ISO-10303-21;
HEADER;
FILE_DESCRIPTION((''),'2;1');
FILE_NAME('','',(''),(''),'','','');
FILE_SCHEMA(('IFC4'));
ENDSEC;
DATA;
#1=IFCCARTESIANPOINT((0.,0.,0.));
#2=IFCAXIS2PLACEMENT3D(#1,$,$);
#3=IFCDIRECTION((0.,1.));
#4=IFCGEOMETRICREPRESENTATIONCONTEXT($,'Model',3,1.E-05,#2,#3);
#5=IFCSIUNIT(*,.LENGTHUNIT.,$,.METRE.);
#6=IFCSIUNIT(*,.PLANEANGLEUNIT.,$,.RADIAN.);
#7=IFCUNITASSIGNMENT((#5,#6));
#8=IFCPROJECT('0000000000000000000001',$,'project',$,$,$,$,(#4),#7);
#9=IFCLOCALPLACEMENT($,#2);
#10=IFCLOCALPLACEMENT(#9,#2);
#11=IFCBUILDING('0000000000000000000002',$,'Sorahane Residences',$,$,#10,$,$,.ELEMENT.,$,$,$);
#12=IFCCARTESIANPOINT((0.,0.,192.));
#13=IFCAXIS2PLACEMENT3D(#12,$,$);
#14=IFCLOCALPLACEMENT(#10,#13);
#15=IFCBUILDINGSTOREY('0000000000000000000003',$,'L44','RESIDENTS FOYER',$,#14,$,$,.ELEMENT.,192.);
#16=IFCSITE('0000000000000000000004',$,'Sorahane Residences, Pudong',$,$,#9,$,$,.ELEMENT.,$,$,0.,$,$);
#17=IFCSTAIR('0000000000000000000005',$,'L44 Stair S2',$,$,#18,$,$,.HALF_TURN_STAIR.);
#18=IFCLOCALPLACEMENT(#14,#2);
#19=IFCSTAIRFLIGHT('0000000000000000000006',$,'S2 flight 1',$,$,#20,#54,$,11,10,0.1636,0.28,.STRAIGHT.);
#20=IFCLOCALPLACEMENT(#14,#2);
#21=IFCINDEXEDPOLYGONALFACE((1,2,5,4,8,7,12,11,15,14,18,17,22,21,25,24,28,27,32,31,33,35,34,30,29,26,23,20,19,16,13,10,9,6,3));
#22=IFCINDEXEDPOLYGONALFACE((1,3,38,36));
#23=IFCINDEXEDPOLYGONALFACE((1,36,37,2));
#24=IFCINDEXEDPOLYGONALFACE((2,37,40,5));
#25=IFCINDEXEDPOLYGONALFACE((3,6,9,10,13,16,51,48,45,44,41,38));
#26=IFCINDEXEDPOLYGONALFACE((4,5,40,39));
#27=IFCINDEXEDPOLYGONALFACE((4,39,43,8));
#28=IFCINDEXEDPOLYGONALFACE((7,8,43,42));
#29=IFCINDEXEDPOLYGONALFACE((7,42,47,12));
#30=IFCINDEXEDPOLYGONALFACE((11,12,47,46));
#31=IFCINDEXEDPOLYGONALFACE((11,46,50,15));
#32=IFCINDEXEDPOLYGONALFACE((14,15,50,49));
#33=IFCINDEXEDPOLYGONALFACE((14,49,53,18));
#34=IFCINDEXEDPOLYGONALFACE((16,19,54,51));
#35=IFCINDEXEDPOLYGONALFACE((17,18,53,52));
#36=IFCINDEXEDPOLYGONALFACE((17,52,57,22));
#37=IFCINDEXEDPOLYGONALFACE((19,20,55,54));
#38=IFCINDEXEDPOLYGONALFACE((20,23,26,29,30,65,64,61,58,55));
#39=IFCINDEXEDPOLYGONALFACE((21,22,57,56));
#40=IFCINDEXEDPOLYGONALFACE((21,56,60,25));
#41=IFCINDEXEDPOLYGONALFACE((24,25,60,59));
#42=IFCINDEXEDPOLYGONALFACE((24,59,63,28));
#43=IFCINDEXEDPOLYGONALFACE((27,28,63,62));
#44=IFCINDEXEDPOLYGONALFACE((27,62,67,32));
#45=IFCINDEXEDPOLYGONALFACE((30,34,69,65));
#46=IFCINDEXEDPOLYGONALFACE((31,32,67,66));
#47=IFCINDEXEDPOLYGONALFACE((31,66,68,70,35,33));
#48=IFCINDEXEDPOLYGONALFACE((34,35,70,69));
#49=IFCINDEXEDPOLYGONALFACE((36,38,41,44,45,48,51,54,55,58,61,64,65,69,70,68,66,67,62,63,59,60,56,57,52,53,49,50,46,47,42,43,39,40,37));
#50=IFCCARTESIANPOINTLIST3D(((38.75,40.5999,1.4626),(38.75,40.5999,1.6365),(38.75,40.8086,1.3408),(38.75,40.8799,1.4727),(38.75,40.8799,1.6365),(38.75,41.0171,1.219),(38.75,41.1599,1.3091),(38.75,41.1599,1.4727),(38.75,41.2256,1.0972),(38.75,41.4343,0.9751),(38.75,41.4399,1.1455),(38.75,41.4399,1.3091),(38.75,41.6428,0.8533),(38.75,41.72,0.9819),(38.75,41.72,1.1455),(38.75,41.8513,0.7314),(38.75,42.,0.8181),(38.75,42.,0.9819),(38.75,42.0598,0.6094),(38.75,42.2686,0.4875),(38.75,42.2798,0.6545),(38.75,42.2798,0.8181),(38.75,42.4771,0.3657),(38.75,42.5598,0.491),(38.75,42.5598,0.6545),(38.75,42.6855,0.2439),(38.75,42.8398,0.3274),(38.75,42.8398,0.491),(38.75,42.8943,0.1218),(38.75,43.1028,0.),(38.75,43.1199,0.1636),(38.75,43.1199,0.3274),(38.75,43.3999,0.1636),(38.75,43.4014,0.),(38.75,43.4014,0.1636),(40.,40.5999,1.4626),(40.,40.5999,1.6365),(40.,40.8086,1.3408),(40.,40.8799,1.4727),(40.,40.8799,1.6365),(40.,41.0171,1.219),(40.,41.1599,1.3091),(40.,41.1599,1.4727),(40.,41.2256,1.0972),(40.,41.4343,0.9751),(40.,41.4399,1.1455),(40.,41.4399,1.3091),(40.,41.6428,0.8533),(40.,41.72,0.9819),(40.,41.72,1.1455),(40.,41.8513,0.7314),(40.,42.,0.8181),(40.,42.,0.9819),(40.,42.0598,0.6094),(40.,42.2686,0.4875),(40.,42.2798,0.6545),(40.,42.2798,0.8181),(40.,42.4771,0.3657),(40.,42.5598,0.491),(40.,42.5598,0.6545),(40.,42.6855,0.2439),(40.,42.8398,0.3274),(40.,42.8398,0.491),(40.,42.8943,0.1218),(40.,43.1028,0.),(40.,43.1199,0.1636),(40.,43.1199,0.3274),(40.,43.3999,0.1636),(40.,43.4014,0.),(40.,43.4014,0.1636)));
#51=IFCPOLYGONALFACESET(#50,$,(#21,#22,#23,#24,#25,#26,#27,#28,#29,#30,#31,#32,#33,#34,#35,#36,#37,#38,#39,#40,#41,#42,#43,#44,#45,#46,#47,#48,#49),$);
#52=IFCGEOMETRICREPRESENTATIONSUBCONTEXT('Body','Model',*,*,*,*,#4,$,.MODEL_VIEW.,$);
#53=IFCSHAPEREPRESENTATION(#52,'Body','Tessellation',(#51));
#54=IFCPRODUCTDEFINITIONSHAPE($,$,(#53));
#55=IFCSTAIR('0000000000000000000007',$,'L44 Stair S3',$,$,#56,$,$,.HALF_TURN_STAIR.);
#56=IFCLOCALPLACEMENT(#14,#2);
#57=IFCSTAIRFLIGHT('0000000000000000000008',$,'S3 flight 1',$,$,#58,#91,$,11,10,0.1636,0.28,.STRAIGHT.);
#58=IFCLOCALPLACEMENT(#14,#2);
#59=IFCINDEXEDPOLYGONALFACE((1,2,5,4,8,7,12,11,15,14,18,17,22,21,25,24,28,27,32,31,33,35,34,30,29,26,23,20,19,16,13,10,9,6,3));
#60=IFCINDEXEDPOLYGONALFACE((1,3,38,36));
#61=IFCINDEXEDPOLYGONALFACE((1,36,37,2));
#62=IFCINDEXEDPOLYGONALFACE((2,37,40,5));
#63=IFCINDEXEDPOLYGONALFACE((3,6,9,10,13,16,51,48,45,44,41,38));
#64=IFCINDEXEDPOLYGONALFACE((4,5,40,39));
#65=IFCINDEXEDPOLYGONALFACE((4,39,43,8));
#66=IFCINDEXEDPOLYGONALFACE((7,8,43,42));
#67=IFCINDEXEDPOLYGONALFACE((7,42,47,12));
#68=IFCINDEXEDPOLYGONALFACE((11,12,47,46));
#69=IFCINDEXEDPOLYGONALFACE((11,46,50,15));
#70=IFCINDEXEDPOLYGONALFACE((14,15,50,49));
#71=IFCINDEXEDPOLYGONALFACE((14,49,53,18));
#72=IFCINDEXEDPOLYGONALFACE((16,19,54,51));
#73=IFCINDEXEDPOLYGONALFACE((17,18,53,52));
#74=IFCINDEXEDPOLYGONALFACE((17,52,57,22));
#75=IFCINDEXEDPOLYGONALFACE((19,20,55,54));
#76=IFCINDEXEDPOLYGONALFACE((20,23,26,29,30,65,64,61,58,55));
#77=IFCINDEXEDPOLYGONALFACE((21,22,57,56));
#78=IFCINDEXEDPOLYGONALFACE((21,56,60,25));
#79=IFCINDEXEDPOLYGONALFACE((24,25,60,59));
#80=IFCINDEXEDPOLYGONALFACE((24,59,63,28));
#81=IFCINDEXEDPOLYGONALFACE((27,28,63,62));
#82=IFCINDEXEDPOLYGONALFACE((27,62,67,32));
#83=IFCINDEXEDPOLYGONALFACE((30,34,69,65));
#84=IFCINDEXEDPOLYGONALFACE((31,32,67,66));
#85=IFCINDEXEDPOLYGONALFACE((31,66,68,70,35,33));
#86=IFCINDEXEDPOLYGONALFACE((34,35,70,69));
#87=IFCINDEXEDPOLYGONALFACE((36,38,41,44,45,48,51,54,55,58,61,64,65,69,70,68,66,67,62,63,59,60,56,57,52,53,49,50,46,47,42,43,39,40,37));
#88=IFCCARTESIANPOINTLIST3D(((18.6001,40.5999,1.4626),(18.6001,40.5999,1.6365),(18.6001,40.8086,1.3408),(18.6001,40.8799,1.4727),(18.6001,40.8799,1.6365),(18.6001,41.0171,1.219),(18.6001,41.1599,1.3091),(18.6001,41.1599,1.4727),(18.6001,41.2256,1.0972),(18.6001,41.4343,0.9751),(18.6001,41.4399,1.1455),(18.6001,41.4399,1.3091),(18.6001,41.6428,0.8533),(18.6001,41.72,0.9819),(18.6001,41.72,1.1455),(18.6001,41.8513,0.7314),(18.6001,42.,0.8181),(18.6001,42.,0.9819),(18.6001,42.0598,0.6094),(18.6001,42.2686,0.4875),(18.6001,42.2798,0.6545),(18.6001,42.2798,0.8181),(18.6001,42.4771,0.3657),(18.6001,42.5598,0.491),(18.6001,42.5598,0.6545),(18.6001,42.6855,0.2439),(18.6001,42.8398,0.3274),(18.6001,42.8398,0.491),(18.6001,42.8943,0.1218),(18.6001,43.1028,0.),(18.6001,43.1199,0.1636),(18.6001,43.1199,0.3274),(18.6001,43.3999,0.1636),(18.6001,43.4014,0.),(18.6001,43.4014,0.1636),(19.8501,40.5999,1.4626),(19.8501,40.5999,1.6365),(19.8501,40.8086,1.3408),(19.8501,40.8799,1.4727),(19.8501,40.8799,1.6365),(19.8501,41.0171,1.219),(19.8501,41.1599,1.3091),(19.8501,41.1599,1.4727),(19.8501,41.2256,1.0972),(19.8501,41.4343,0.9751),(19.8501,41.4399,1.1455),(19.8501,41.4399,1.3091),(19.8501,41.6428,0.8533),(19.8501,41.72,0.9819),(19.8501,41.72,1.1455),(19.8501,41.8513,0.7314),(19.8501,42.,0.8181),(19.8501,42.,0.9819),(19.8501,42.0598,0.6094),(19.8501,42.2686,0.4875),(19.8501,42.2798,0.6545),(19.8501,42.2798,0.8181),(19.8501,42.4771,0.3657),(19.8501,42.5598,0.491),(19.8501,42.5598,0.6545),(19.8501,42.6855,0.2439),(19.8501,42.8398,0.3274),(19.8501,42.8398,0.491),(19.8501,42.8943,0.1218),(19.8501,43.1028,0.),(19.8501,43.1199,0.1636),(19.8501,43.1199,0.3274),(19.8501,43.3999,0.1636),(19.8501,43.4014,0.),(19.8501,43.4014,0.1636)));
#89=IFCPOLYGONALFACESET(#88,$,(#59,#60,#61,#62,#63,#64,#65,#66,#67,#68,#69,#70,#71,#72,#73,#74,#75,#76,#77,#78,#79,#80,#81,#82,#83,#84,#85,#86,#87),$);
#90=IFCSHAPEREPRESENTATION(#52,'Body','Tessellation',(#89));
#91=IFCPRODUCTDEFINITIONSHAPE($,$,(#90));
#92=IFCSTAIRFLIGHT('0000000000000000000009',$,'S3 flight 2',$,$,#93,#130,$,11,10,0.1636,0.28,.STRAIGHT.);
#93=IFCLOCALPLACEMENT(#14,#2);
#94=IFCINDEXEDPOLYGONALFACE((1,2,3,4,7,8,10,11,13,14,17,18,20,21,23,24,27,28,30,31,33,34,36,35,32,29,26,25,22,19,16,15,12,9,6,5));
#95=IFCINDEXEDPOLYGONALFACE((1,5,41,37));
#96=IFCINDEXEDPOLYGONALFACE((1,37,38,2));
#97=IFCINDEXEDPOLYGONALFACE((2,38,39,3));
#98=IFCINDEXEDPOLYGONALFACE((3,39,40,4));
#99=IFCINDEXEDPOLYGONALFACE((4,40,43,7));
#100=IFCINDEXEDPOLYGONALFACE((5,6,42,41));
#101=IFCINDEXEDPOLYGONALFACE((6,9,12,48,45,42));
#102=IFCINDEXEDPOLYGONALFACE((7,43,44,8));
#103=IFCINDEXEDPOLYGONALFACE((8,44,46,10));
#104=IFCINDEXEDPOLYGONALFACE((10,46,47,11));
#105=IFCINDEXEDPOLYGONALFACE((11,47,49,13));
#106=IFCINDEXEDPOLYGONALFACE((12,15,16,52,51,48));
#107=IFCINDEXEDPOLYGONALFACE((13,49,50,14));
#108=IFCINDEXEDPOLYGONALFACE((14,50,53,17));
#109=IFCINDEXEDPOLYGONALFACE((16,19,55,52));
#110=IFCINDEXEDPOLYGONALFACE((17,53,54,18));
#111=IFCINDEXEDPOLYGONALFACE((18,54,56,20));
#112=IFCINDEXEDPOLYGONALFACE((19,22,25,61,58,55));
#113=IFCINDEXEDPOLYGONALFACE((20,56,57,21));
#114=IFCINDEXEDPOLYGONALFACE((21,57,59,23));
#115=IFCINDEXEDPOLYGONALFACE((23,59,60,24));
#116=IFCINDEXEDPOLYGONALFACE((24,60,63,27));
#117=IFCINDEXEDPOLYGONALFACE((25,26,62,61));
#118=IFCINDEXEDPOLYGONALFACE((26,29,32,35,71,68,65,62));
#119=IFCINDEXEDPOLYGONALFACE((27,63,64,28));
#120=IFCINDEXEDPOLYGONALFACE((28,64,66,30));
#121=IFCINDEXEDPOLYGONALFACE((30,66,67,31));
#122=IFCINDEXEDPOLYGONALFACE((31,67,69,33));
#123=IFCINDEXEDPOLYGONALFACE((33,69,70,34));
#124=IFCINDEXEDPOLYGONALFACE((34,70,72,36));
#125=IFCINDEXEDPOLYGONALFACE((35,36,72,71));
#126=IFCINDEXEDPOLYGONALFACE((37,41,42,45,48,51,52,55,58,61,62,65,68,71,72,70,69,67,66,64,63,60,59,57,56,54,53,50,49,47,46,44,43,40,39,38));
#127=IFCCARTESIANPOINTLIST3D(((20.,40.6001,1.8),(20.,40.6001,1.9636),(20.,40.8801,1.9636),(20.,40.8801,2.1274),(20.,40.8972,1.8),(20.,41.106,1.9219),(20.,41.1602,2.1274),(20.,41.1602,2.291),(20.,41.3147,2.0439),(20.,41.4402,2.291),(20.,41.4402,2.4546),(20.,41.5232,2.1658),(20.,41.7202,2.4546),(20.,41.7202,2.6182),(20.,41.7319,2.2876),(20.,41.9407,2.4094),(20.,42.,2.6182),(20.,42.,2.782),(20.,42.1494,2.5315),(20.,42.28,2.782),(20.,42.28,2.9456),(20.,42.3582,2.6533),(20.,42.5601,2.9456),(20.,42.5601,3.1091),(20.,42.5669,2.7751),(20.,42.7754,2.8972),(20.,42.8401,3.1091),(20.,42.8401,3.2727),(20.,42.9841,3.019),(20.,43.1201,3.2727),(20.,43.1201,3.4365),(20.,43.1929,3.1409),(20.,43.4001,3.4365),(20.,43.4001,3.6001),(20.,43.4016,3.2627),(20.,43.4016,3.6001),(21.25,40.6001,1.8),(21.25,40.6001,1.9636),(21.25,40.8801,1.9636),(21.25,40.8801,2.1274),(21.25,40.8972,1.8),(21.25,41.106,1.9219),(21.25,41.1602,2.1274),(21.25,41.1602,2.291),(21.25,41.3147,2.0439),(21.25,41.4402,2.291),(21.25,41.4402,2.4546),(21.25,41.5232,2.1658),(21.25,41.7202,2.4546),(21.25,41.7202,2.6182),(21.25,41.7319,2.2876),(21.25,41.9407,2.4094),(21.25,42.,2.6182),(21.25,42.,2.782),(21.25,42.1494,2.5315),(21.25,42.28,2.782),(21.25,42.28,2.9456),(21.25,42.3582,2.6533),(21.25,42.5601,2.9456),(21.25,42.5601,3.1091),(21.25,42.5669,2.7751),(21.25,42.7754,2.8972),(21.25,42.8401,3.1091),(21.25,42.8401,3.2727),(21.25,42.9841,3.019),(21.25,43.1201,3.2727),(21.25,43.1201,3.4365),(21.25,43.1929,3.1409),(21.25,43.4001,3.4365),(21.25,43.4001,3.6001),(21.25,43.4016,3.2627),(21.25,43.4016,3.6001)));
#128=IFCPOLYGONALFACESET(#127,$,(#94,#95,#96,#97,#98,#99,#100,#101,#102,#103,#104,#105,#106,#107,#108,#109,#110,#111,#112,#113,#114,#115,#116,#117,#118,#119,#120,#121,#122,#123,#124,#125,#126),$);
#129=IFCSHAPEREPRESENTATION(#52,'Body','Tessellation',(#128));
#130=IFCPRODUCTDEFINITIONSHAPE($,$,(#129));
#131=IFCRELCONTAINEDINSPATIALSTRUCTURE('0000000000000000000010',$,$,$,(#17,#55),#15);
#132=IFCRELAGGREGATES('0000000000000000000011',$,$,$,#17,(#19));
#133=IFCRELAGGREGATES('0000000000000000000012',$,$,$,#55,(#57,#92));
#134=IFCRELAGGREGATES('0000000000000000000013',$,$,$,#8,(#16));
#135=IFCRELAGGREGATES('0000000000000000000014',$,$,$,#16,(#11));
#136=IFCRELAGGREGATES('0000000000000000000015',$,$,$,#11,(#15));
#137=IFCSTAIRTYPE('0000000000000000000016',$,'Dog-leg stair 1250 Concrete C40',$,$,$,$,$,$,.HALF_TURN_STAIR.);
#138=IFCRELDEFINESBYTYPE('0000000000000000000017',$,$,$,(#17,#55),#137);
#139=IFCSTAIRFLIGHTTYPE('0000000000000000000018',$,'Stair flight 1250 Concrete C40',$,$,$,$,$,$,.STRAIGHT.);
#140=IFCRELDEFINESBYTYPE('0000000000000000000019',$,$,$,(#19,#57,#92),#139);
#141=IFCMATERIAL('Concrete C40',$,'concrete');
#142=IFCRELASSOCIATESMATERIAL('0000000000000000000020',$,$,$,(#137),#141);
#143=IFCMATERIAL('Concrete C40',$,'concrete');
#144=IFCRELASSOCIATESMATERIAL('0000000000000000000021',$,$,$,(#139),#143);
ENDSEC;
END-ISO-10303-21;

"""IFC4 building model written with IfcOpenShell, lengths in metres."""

from ifc_helpers import new_model, si_unit, direction, frame, origin, place, context, subcontext, project, spatial, polyline, outline, extrude, material, type_object, element, aggregate, save


model = new_model("IFC4")

# Units and contexts
model_context = context("Model", 3, precision=1e-05, world=origin(), true_north=direction((0.0, 1.0)))
body_context = subcontext(model_context, "Body", "Model", "MODEL_VIEW")
ifc_project = project(units=[si_unit("LENGTHUNIT", "METRE"), si_unit("PLANEANGLEUNIT", "RADIAN")], contexts=[model_context])

# Site, building, storey
site_placement = place(None, origin())
site = spatial("IfcSite", under=ifc_project, at=site_placement, Name="Sorahane Residences, Pudong", CompositionType="ELEMENT", RefElevation=0.0)
building_placement = place(site_placement, origin())
building = spatial("IfcBuilding", under=site, at=building_placement, Name="Sorahane Residences", CompositionType="ELEMENT")
storey_placement = place(building_placement, frame((0.0, 0.0, 192.0)))
storey = spatial("IfcBuildingStorey", under=building, at=storey_placement, Name="L44", Description="RESIDENTS FOYER", CompositionType="ELEMENT", Elevation=192.0)

# Stair, stair flight
ifc_material_1 = material(Name="Concrete C40", Category="concrete")
stair_type = type_object("IfcStairType", Name="Dog-leg stair 1250 Concrete C40", PredefinedType="HALF_TURN_STAIR", material=ifc_material_1)
stair_1_placement = place(storey_placement, origin())
stair_1 = element("IfcStair", 1, at=stair_1_placement, inside=storey, type_object=stair_type, Name="L44 Stair S2", PredefinedType="HALF_TURN_STAIR")
ifc_material_2 = material(Name="Concrete C40", Category="concrete")
stair_flight_type = type_object("IfcStairFlightType", Name="Stair flight 1250 Concrete C40", PredefinedType="STRAIGHT", material=ifc_material_2)
stair_flight_1_placement = place(storey_placement, frame((39.375, 43.3999, 0.0), z_axis=(0.0, 0.0, 1.0), x_axis=(0.0, -1.0, 0.0)))
stair_flight_1 = element("IfcStairFlight", 2, at=stair_flight_1_placement, type_object=stair_flight_type, Name="S2 flight 1", NumberOfRisers=11, NumberOfTreads=10, PredefinedType="STRAIGHT", RiserHeight=0.1636, TreadLength=0.28, context=body_context, shape_type="SweptSolid", body=[
    extrude(outline(polyline([(-0.0015, 0.0), (-0.0015, 0.1636), (0.0, 0.1636), (0.28, 0.1636), (0.28, 0.3274), (0.5601, 0.3274), (0.5601, 0.491), (0.8401, 0.491), (0.8401, 0.6545), (1.1201, 0.6545), (1.1201, 0.8181), (1.3999, 0.8181), (1.3999, 0.9819), (1.6799, 0.9819), (1.6799, 1.1455), (1.96, 1.1455), (1.96, 1.3091), (2.24, 1.3091), (2.24, 1.4727), (2.52, 1.4727), (2.52, 1.6365), (2.8, 1.6365), (2.8, 1.8), (2.8, 1.4626), (2.5913, 1.3408), (2.3828, 1.219), (2.1743, 1.0972), (1.9656, 0.9751), (1.7571, 0.8533), (1.5486, 0.7314), (1.3401, 0.6094), (1.1313, 0.4875), (0.9229, 0.3657), (0.7144, 0.2439), (0.5056, 0.1218), (0.2971, 0.0), (-0.0015, 0.0)])), frame((0.0, 0.625, 0.0), z_axis=(0.0, -1.0, 0.0), x_axis=(1.0, 0.0, 0.0)), (0.0, 0.0, 1.0), 1.25),
])
aggregate(stair_1, [stair_flight_1])

# Stair, stair flights
stair_2_placement = place(storey_placement, origin())
stair_2 = element("IfcStair", 3, at=stair_2_placement, inside=storey, type_object=stair_type, Name="L44 Stair S3", PredefinedType="HALF_TURN_STAIR")
stair_flight_2_placement = place(storey_placement, frame((19.2251, 43.3999, 0.0), z_axis=(0.0, 0.0, 1.0), x_axis=(0.0, -1.0, 0.0)))
stair_flight_2 = element("IfcStairFlight", 4, at=stair_flight_2_placement, type_object=stair_flight_type, Name="S3 flight 1", NumberOfRisers=11, NumberOfTreads=10, PredefinedType="STRAIGHT", RiserHeight=0.1636, TreadLength=0.28, context=body_context, shape_type="SweptSolid", body=[
    extrude(outline(polyline([(-0.0015, 0.0), (-0.0015, 0.1636), (0.0, 0.1636), (0.28, 0.1636), (0.28, 0.3274), (0.5601, 0.3274), (0.5601, 0.491), (0.8401, 0.491), (0.8401, 0.6545), (1.1201, 0.6545), (1.1201, 0.8181), (1.3999, 0.8181), (1.3999, 0.9819), (1.6799, 0.9819), (1.6799, 1.1455), (1.96, 1.1455), (1.96, 1.3091), (2.24, 1.3091), (2.24, 1.4727), (2.52, 1.4727), (2.52, 1.6365), (2.8, 1.6365), (2.8, 1.8), (2.8, 1.4626), (2.5913, 1.3408), (2.3828, 1.219), (2.1743, 1.0972), (1.9656, 0.9751), (1.7571, 0.8533), (1.5486, 0.7314), (1.3401, 0.6094), (1.1313, 0.4875), (0.9229, 0.3657), (0.7144, 0.2439), (0.5056, 0.1218), (0.2971, 0.0), (-0.0015, 0.0)])), frame((0.0, 0.625, 0.0), z_axis=(0.0, -1.0, 0.0), x_axis=(1.0, 0.0, 0.0)), (0.0, 0.0, 1.0), 1.25),
])
stair_flight_3_placement = place(storey_placement, frame((20.625, 40.6001, 1.8), z_axis=(0.0, 0.0, 1.0), x_axis=(0.0, 1.0, 0.0)))
stair_flight_3 = element("IfcStairFlight", 5, at=stair_flight_3_placement, type_object=stair_flight_type, Name="S3 flight 2", NumberOfRisers=11, NumberOfTreads=10, PredefinedType="STRAIGHT", RiserHeight=0.1636, TreadLength=0.28, context=body_context, shape_type="SweptSolid", body=[
    extrude(outline(polyline([(0.0, 0.0), (0.0, 0.1636), (0.28, 0.1636), (0.28, 0.3274), (0.5601, 0.3274), (0.5601, 0.491), (0.8401, 0.491), (0.8401, 0.6545), (1.1201, 0.6545), (1.1201, 0.8181), (1.3999, 0.8181), (1.3999, 0.9819), (1.6799, 0.9819), (1.6799, 1.1455), (1.96, 1.1455), (1.96, 1.3091), (2.24, 1.3091), (2.24, 1.4727), (2.52, 1.4727), (2.52, 1.6365), (2.8, 1.6365), (2.8, 1.8), (2.8015, 1.8), (2.8015, 1.4626), (2.5928, 1.3408), (2.384, 1.219), (2.1753, 1.0972), (1.9668, 0.9751), (1.7581, 0.8533), (1.5493, 0.7314), (1.3406, 0.6094), (1.1318, 0.4875), (0.9231, 0.3657), (0.7146, 0.2439), (0.5059, 0.1218), (0.2971, 0.0), (0.0, 0.0)])), frame((0.0, 0.625, 0.0), z_axis=(0.0, -1.0, 0.0), x_axis=(1.0, 0.0, 0.0)), (0.0, 0.0, 1.0), 1.25),
])
aggregate(stair_2, [stair_flight_2, stair_flight_3])

save(model, "model.ifc")
